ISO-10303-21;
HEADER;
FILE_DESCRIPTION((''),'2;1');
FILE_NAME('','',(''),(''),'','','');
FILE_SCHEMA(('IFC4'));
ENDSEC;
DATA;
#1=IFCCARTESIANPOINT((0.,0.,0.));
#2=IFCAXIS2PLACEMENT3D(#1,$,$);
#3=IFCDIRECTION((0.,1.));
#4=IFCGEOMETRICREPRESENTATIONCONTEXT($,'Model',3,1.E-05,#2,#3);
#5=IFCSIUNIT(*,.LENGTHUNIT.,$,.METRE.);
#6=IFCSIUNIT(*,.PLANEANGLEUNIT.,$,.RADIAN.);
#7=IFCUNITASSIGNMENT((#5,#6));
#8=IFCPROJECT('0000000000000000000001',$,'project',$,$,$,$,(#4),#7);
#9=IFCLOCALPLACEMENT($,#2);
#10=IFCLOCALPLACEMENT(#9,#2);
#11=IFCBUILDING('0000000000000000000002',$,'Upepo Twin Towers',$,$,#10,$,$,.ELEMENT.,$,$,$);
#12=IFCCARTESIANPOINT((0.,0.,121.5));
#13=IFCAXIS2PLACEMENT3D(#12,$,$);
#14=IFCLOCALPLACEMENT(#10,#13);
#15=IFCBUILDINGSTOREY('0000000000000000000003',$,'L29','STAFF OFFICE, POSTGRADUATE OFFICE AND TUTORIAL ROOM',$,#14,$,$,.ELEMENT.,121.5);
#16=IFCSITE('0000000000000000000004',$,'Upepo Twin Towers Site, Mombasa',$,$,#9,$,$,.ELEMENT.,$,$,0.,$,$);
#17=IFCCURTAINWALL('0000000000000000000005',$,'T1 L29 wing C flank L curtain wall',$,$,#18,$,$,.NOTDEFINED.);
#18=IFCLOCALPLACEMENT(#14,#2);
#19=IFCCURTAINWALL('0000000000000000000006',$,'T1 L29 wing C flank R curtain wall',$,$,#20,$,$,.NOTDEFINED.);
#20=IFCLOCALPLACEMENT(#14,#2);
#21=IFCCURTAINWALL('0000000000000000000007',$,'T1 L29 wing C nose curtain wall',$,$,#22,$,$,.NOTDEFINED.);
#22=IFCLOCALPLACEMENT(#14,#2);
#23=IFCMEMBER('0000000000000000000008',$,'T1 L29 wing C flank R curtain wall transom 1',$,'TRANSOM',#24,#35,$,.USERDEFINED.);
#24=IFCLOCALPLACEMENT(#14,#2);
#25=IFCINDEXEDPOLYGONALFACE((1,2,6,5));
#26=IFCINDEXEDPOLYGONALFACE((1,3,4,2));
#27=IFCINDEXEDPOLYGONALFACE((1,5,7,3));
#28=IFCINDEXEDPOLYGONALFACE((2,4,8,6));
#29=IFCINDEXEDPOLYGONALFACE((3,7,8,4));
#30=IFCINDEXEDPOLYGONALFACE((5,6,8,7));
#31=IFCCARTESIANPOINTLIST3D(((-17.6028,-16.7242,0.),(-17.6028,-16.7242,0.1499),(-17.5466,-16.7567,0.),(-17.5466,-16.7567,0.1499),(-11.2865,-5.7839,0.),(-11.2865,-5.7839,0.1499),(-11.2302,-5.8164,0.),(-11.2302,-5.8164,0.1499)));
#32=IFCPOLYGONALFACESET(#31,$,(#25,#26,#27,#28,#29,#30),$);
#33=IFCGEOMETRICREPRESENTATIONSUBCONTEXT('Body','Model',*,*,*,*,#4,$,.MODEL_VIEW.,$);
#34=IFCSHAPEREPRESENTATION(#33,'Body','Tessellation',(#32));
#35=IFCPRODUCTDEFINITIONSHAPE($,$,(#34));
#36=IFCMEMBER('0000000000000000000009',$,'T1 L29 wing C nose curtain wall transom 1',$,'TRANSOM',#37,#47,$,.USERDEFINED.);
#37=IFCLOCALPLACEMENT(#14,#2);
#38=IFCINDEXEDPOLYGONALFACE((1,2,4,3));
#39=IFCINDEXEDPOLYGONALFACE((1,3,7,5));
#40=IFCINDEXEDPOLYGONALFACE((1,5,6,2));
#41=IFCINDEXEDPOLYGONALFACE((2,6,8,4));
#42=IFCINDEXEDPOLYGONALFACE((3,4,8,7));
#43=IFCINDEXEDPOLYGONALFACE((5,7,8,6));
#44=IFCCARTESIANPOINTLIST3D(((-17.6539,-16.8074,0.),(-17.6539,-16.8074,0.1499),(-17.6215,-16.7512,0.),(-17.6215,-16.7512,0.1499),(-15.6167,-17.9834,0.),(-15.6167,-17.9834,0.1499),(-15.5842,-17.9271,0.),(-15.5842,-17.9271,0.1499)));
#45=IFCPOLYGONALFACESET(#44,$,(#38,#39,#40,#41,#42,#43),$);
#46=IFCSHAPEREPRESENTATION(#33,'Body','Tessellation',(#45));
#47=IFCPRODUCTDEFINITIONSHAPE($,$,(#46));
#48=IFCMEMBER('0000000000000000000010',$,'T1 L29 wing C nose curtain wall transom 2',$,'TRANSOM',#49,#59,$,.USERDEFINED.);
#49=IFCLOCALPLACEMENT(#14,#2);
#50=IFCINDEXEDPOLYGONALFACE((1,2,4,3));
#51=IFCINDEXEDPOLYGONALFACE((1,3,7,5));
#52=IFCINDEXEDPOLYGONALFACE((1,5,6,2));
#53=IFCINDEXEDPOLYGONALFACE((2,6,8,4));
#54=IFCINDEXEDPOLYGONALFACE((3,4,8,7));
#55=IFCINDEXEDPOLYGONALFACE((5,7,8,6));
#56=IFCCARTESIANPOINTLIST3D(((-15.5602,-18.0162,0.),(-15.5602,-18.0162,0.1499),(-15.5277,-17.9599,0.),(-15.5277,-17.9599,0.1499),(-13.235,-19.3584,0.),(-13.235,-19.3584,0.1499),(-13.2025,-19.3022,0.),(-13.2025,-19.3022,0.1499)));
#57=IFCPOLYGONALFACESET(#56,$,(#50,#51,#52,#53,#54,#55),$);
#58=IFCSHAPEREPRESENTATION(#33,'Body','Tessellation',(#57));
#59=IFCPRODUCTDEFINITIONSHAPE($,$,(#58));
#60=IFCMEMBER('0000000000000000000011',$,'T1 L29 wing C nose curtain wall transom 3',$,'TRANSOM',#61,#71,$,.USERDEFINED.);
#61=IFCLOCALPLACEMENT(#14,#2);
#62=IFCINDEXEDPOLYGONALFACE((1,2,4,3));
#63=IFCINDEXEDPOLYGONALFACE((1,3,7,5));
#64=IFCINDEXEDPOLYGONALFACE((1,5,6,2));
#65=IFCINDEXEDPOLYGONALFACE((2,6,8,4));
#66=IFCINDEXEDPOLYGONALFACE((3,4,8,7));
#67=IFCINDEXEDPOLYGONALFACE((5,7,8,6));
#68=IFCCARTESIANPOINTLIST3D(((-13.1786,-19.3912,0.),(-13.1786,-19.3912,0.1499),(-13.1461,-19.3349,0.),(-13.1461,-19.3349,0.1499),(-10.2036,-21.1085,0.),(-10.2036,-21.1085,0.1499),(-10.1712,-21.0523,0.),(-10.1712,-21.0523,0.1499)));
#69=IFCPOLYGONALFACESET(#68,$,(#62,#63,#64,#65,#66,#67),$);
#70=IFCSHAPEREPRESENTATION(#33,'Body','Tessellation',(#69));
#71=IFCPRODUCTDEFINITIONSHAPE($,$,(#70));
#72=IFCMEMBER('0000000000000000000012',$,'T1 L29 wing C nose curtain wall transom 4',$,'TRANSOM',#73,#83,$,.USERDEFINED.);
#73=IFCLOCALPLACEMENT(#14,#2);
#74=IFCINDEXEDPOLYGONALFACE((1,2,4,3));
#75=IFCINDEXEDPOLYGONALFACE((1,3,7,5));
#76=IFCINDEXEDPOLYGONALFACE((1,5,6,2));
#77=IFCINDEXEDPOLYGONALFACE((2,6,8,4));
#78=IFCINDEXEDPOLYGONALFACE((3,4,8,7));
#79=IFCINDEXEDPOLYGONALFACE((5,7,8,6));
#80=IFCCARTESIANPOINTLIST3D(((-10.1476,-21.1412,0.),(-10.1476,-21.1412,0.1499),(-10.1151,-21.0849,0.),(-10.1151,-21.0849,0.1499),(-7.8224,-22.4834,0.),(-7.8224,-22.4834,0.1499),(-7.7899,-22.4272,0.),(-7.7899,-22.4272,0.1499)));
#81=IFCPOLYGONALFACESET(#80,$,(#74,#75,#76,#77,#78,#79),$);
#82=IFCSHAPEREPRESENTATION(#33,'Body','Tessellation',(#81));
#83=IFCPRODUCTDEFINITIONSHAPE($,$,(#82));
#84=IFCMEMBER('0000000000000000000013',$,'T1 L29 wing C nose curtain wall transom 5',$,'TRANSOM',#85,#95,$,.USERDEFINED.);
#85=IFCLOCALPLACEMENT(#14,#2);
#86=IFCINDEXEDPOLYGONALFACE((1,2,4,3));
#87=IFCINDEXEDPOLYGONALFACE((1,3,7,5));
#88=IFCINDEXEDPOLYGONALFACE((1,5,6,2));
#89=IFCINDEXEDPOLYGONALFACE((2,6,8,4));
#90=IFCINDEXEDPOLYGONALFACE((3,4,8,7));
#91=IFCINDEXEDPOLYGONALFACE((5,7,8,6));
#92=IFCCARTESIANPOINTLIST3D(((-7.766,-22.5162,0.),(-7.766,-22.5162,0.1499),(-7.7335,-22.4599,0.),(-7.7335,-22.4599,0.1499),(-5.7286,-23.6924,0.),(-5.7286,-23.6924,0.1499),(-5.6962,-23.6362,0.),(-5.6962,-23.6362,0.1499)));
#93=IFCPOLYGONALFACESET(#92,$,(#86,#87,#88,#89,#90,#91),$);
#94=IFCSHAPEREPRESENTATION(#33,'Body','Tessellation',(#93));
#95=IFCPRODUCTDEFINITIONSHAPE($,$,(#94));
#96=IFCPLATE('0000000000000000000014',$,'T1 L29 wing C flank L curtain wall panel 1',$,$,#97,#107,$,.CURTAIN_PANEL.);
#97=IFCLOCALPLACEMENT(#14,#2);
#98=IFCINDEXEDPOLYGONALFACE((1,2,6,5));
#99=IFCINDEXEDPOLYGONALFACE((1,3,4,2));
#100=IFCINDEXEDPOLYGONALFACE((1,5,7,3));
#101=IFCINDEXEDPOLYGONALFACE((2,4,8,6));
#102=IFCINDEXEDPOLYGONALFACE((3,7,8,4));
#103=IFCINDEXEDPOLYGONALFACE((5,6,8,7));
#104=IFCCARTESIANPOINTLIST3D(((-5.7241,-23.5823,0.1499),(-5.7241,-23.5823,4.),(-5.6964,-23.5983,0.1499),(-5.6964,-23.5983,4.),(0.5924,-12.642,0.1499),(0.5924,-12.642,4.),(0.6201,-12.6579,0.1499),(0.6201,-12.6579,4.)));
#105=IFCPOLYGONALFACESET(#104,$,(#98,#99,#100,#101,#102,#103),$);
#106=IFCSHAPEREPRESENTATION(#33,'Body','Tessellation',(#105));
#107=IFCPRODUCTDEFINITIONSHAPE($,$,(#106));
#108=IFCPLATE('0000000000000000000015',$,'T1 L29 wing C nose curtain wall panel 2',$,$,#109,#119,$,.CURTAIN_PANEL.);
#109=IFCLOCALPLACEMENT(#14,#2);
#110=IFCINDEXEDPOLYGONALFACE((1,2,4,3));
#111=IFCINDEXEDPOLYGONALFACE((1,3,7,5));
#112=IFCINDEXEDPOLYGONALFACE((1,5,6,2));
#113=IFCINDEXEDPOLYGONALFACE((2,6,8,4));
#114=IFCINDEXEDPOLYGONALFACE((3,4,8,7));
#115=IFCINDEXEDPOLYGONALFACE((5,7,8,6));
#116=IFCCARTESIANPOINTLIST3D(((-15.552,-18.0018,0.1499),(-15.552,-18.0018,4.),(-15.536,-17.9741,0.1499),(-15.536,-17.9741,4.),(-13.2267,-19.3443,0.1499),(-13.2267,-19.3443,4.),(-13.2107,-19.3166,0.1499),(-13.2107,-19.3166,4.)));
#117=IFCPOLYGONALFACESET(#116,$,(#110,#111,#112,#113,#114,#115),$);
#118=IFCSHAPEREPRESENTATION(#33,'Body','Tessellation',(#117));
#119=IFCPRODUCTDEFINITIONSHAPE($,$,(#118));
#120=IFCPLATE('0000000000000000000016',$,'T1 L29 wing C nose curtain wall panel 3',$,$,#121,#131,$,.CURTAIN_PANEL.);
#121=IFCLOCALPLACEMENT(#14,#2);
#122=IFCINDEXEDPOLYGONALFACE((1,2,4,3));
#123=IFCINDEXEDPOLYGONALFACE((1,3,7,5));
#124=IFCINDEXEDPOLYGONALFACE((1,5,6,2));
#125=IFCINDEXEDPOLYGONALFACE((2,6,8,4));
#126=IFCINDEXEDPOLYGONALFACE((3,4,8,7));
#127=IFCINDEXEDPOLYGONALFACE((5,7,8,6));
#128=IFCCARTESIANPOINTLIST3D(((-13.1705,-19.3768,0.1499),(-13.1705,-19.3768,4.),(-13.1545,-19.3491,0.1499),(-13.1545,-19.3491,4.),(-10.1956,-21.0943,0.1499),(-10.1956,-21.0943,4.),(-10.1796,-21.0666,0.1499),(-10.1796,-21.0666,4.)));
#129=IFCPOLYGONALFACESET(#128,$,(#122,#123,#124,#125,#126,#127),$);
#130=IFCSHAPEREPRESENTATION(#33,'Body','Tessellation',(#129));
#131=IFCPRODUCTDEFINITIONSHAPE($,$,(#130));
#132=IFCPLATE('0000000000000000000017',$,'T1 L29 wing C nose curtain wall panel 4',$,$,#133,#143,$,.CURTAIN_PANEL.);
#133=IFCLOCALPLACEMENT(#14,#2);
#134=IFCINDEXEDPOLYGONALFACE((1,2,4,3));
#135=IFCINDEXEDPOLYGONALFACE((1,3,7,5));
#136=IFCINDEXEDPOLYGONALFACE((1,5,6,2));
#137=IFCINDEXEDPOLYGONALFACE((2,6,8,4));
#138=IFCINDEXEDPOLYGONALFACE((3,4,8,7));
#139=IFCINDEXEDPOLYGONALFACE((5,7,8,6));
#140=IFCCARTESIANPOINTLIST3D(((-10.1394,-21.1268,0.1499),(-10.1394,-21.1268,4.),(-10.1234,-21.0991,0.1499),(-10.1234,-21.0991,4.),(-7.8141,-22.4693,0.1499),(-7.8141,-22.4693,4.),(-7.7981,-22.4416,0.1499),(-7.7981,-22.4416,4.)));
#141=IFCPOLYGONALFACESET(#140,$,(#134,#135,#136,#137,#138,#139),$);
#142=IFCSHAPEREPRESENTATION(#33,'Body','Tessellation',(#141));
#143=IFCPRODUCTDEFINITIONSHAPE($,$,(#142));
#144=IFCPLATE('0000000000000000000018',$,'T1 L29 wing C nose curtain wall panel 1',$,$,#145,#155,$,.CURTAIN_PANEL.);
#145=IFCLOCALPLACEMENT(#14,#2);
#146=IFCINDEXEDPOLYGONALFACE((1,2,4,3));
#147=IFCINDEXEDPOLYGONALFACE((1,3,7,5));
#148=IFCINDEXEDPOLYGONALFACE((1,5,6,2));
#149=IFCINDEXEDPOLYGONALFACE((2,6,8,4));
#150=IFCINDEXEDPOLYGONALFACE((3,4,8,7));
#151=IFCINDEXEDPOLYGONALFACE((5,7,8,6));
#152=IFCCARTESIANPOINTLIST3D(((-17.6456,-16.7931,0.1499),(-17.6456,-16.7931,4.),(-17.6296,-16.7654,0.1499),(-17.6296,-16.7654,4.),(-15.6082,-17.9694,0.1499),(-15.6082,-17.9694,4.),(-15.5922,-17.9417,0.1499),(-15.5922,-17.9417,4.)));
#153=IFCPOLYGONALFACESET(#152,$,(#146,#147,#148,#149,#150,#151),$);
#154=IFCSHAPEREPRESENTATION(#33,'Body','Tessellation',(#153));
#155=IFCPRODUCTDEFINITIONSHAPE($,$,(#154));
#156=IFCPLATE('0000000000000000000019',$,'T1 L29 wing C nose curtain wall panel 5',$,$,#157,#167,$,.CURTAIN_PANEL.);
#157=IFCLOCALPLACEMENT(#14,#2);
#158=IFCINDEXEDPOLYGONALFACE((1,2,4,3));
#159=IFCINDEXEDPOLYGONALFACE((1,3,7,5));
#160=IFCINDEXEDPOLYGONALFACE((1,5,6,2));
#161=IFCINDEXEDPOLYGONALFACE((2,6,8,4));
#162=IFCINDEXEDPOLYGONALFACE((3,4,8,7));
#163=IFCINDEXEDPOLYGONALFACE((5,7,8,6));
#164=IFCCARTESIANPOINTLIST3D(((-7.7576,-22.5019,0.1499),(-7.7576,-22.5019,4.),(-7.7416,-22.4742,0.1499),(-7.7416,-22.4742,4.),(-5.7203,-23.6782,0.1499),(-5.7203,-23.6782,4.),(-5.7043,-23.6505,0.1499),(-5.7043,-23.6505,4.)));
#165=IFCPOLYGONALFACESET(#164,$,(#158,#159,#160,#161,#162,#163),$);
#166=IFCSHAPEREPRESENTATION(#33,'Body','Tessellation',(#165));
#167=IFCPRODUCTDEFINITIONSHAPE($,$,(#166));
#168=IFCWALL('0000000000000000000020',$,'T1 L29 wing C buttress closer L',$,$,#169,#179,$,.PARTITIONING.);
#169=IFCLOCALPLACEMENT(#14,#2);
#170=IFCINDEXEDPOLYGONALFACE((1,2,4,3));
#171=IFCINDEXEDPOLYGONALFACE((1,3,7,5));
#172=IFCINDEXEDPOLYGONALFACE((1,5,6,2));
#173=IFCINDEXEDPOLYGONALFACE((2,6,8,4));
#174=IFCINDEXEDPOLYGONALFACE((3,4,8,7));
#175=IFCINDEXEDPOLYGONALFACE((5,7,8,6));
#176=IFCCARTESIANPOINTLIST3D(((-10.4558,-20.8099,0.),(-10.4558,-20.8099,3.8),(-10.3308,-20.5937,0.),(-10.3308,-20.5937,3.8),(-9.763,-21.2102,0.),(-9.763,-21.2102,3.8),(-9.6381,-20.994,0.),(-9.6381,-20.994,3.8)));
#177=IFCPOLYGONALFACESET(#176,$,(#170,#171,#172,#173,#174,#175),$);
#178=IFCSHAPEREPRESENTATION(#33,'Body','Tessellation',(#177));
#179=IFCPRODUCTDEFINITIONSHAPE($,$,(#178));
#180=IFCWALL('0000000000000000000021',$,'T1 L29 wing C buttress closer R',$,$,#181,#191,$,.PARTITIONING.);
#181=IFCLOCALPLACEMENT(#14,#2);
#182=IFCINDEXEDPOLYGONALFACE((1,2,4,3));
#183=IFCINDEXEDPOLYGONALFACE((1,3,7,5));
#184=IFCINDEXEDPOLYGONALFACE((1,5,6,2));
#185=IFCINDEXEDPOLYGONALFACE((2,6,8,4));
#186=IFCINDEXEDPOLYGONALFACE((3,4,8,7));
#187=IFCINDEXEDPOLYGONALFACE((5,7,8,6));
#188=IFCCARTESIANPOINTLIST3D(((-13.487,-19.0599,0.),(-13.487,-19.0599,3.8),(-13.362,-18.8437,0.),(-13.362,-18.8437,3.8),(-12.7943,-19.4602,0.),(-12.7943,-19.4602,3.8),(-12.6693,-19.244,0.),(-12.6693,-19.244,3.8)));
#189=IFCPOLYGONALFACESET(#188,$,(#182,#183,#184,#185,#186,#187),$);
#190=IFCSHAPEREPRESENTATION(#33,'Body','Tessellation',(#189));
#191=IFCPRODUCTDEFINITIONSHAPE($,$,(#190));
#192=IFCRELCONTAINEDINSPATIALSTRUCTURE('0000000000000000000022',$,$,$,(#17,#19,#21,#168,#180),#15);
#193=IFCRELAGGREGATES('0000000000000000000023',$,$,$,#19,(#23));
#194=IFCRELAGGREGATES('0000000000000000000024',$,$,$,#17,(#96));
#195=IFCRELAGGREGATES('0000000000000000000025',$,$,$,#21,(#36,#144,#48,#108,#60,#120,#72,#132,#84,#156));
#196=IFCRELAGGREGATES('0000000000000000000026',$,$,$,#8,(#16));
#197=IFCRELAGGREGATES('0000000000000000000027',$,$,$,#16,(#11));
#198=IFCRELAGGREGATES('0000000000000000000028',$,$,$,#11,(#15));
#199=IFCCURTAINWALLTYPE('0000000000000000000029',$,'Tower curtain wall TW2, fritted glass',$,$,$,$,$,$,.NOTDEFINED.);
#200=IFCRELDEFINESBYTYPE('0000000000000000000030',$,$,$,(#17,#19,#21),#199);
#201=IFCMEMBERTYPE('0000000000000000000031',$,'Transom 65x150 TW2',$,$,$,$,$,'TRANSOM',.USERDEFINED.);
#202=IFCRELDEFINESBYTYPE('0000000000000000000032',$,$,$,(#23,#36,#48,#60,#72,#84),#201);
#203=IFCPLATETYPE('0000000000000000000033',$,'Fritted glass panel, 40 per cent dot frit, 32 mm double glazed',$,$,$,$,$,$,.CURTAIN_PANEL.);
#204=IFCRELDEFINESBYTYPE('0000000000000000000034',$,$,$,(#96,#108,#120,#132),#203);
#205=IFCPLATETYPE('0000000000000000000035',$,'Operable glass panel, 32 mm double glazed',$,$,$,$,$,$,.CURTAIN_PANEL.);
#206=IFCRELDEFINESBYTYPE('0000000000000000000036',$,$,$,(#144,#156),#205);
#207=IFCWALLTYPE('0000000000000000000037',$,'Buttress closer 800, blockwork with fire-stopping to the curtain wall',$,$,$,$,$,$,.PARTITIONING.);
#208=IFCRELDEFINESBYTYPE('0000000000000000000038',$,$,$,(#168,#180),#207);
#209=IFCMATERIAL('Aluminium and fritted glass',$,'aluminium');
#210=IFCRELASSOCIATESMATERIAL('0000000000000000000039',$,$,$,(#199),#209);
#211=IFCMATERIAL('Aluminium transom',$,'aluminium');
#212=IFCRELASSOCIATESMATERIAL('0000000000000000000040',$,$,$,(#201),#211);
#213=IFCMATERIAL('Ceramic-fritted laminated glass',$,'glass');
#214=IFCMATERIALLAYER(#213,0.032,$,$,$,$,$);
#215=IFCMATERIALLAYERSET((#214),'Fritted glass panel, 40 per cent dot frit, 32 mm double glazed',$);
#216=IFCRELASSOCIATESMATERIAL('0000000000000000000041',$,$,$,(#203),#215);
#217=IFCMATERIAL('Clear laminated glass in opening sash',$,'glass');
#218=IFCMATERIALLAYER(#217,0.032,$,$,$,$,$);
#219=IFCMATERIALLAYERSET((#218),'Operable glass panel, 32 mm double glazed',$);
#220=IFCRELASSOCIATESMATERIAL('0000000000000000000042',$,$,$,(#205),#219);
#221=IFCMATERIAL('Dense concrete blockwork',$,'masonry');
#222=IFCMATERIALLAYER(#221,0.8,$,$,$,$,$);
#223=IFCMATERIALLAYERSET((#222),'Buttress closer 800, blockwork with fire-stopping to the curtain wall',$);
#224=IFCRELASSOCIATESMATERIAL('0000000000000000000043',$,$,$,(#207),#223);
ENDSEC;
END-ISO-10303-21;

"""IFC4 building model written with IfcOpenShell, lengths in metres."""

from ifc_helpers import new_model, si_unit, direction, frame, frame_2d, origin, origin_2d, place, context, subcontext, project, spatial, rectangle, extrude, material, layer, layer_set, material_profile, profile_set, type_object, element, aggregate, save


model = new_model("IFC4")

# Units and contexts
model_context = context("Model", 3, precision=1e-05, world=origin(), true_north=direction((0.0, 1.0)))
body_context = subcontext(model_context, "Body", "Model", "MODEL_VIEW")
ifc_project = project(units=[si_unit("LENGTHUNIT", "METRE"), si_unit("PLANEANGLEUNIT", "RADIAN")], contexts=[model_context])

# Site, building, storey
site_placement = place(None, origin())
site = spatial("IfcSite", under=ifc_project, at=site_placement, Name="Upepo Twin Towers Site, Mombasa", CompositionType="ELEMENT", RefElevation=0.0)
building_placement = place(site_placement, origin())
building = spatial("IfcBuilding", under=site, at=building_placement, Name="Upepo Twin Towers", CompositionType="ELEMENT")
storey_placement = place(building_placement, frame((0.0, 0.0, 121.5)))
storey = spatial("IfcBuildingStorey", under=building, at=storey_placement, Name="L29", Description="STAFF OFFICE, POSTGRADUATE OFFICE AND TUTORIAL ROOM", CompositionType="ELEMENT", Elevation=121.5)

# Curtain walls
ifc_material_1 = material(Name="Aluminium and fritted glass", Category="aluminium")
curtain_wall_type = type_object("IfcCurtainWallType", Name="Tower curtain wall TW2, fritted glass", PredefinedType="NOTDEFINED", material=ifc_material_1)
curtain_wall_1_placement = place(storey_placement, origin())
curtain_wall_1 = element("IfcCurtainWall", 1, at=curtain_wall_1_placement, inside=storey, type_object=curtain_wall_type, Name="T1 L29 wing C flank L curtain wall", PredefinedType="NOTDEFINED")
curtain_wall_2_placement = place(storey_placement, origin())
curtain_wall_2 = element("IfcCurtainWall", 2, at=curtain_wall_2_placement, inside=storey, type_object=curtain_wall_type, Name="T1 L29 wing C flank R curtain wall", PredefinedType="NOTDEFINED")

# Curtain wall
curtain_wall_3_placement = place(storey_placement, origin())
curtain_wall_3 = element("IfcCurtainWall", 3, at=curtain_wall_3_placement, inside=storey, type_object=curtain_wall_type, Name="T1 L29 wing C nose curtain wall", PredefinedType="NOTDEFINED")

# Members
ifc_material_2 = material(Name="Aluminium transom", Category="aluminium")
ifc_material_profile_1 = material_profile(ifc_material_2, rectangle(XDim=0.0649, YDim=0.1499, at=origin_2d()), Name="TRANSOM 65x150")
ifc_profile_set_1 = profile_set([ifc_material_profile_1], Name="Aluminium transom")
member_type_1 = type_object("IfcMemberType", Name="Transom 65x150 TW2", ElementType="TRANSOM", PredefinedType="USERDEFINED", material=ifc_profile_set_1)
member_1_placement = place(storey_placement, frame((-17.5747, -16.7405, 0.075), z_axis=(0.499997, 0.866027, 0.0), x_axis=(-0.866027, 0.499997, 0.0)))
member_1 = element("IfcMember", 4, at=member_1_placement, type_object=member_type_1, Name="T1 L29 wing C flank R curtain wall transom 1", ObjectType="TRANSOM", PredefinedType="USERDEFINED", context=body_context, shape_type="SweptSolid", body=[
    extrude(rectangle(XDim=0.0649, YDim=0.1499, at=origin_2d()), origin(), (0.0, 0.0, 1.0), 12.6328),
])
aggregate(curtain_wall_2, [member_1])
member_2_placement = place(storey_placement, frame((-17.6377, -16.7793, 0.075), z_axis=(0.86607, -0.499923, 0.0), x_axis=(0.499923, 0.86607, 0.0)))
member_2 = element("IfcMember", 5, at=member_2_placement, type_object=member_type_1, Name="T1 L29 wing C nose curtain wall transom 1", ObjectType="TRANSOM", PredefinedType="USERDEFINED", context=body_context, shape_type="SweptSolid", body=[
    extrude(rectangle(XDim=0.0649, YDim=0.1499, at=origin_2d()), origin(), (0.0, 0.0, 1.0), 2.3523),
])
member_3_placement = place(storey_placement, frame((-15.5439, -17.988, 0.075), z_axis=(0.866052, -0.499953, 0.0), x_axis=(0.499953, 0.866052, 0.0)))
member_3 = element("IfcMember", 6, at=member_3_placement, type_object=member_type_1, Name="T1 L29 wing C nose curtain wall transom 2", ObjectType="TRANSOM", PredefinedType="USERDEFINED", context=body_context, shape_type="SweptSolid", body=[
    extrude(rectangle(XDim=0.0649, YDim=0.1499, at=origin_2d()), origin(), (0.0, 0.0, 1.0), 2.6848),
])
member_4_placement = place(storey_placement, frame((-13.1624, -19.363, 0.075), z_axis=(0.866057, -0.499946, 0.0), x_axis=(0.499946, 0.866057, 0.0)))
member_4 = element("IfcMember", 7, at=member_4_placement, type_object=member_type_1, Name="T1 L29 wing C nose curtain wall transom 3", ObjectType="TRANSOM", PredefinedType="USERDEFINED", context=body_context, shape_type="SweptSolid", body=[
    extrude(rectangle(XDim=0.0649, YDim=0.1499, at=origin_2d()), origin(), (0.0, 0.0, 1.0), 3.4351),
])
member_5_placement = place(storey_placement, frame((-10.1313, -21.113, 0.075), z_axis=(0.866052, -0.499953, 0.0), x_axis=(0.499953, 0.866052, 0.0)))
member_5 = element("IfcMember", 8, at=member_5_placement, type_object=member_type_1, Name="T1 L29 wing C nose curtain wall transom 4", ObjectType="TRANSOM", PredefinedType="USERDEFINED", context=body_context, shape_type="SweptSolid", body=[
    extrude(rectangle(XDim=0.0649, YDim=0.1499, at=origin_2d()), origin(), (0.0, 0.0, 1.0), 2.6848),
])
member_6_placement = place(storey_placement, frame((-7.7498, -22.488, 0.075), z_axis=(0.866025, -0.500001, 0.0), x_axis=(0.500001, 0.866025, 0.0)))
member_6 = element("IfcMember", 9, at=member_6_placement, type_object=member_type_1, Name="T1 L29 wing C nose curtain wall transom 5", ObjectType="TRANSOM", PredefinedType="USERDEFINED", context=body_context, shape_type="SweptSolid", body=[
    extrude(rectangle(XDim=0.0649, YDim=0.1499, at=origin_2d()), origin(), (0.0, 0.0, 1.0), 2.3525),
])

# Plates
ifc_material_3 = material(Name="Ceramic-fritted laminated glass", Category="glass")
ifc_layer_1 = layer(ifc_material_3, 0.032)
ifc_layer_set_1 = layer_set([ifc_layer_1], Name="Fritted glass panel, 40 per cent dot frit, 32 mm double glazed")
plate_type_1 = type_object("IfcPlateType", Name="Fritted glass panel, 40 per cent dot frit, 32 mm double glazed", PredefinedType="CURTAIN_PANEL", material=ifc_layer_set_1)
plate_1_placement = place(storey_placement, frame((-2.552, -18.1201, 0.1499), z_axis=(0.0, 0.0, 1.0), x_axis=(-0.5, -0.866025, 0.0)))
plate_1 = element("IfcPlate", 10, at=plate_1_placement, type_object=plate_type_1, Name="T1 L29 wing C flank L curtain wall panel 1", PredefinedType="CURTAIN_PANEL", context=body_context, shape_type="SweptSolid", body=[
    extrude(rectangle(XDim=12.6328, YDim=0.032, at=origin_2d()), origin(), (0.0, 0.0, 1.0), 3.8501),
])
aggregate(curtain_wall_1, [plate_1])
plate_2_placement = place(storey_placement, frame((-14.3813, -18.6592, 0.1499), z_axis=(0.0, 0.0, 1.0), x_axis=(0.866025, -0.5, 0.0)))
plate_2 = element("IfcPlate", 11, at=plate_2_placement, type_object=plate_type_1, Name="T1 L29 wing C nose curtain wall panel 2", PredefinedType="CURTAIN_PANEL", context=body_context, shape_type="SweptSolid", body=[
    extrude(rectangle(XDim=2.6851, YDim=0.032, at=origin_2d()), origin(), (0.0, 0.0, 1.0), 3.8501),
])
plate_3_placement = place(storey_placement, frame((-11.675, -20.2217, 0.1499), z_axis=(0.0, 0.0, 1.0), x_axis=(0.866025, -0.5, 0.0)))
plate_3 = element("IfcPlate", 12, at=plate_3_placement, type_object=plate_type_1, Name="T1 L29 wing C nose curtain wall panel 3", PredefinedType="CURTAIN_PANEL", context=body_context, shape_type="SweptSolid", body=[
    extrude(rectangle(XDim=3.4351, YDim=0.032, at=origin_2d()), origin(), (0.0, 0.0, 1.0), 3.8501),
])
plate_4_placement = place(storey_placement, frame((-8.9688, -21.7842, 0.1499), z_axis=(0.0, 0.0, 1.0), x_axis=(0.866025, -0.5, 0.0)))
plate_4 = element("IfcPlate", 13, at=plate_4_placement, type_object=plate_type_1, Name="T1 L29 wing C nose curtain wall panel 4", PredefinedType="CURTAIN_PANEL", context=body_context, shape_type="SweptSolid", body=[
    extrude(rectangle(XDim=2.6851, YDim=0.032, at=origin_2d()), origin(), (0.0, 0.0, 1.0), 3.8501),
])
ifc_material_4 = material(Name="Clear laminated glass in opening sash", Category="glass")
ifc_layer_2 = layer(ifc_material_4, 0.032)
ifc_layer_set_2 = layer_set([ifc_layer_2], Name="Operable glass panel, 32 mm double glazed")
plate_type_2 = type_object("IfcPlateType", Name="Operable glass panel, 32 mm double glazed", PredefinedType="CURTAIN_PANEL", material=ifc_layer_set_2)
plate_5_placement = place(storey_placement, frame((-16.6189, -17.3674, 0.1499), z_axis=(0.0, 0.0, 1.0), x_axis=(0.866025, -0.5, 0.0)))
plate_5 = element("IfcPlate", 14, at=plate_5_placement, type_object=plate_type_2, Name="T1 L29 wing C nose curtain wall panel 1", PredefinedType="CURTAIN_PANEL", context=body_context, shape_type="SweptSolid", body=[
    extrude(rectangle(XDim=2.3525, YDim=0.032, at=origin_2d()), origin(), (0.0, 0.0, 1.0), 3.8501),
])
plate_6_placement = place(storey_placement, frame((-6.731, -23.0762, 0.1499), z_axis=(0.0, 0.0, 1.0), x_axis=(0.866025, -0.5, 0.0)))
plate_6 = element("IfcPlate", 15, at=plate_6_placement, type_object=plate_type_2, Name="T1 L29 wing C nose curtain wall panel 5", PredefinedType="CURTAIN_PANEL", context=body_context, shape_type="SweptSolid", body=[
    extrude(rectangle(XDim=2.3525, YDim=0.032, at=origin_2d()), origin(), (0.0, 0.0, 1.0), 3.8501),
])
aggregate(curtain_wall_3, [member_2, plate_5, member_3, plate_2, member_4, plate_3, member_5, plate_4, member_6, plate_6])

# Walls
ifc_material_5 = material(Name="Dense concrete blockwork", Category="masonry")
ifc_layer_3 = layer(ifc_material_5, 0.8)
ifc_layer_set_3 = layer_set([ifc_layer_3], Name="Buttress closer 800, blockwork with fire-stopping to the curtain wall")
wall_type = type_object("IfcWallType", Name="Buttress closer 800, blockwork with fire-stopping to the curtain wall", PredefinedType="PARTITIONING", material=ifc_layer_set_3)
for number, where, z_axis, x_axis, name in (
    (16, (-9.9844, -20.7937, 0.0), (0.0, 0.0, 1.0), (-0.500343, -0.865827, 0.0), "T1 L29 wing C buttress closer L"),
    (17, (-13.0156, -19.0437, 0.0), (0.0, 0.0, 1.0), (-0.500343, -0.865827, 0.0), "T1 L29 wing C buttress closer R"),
):
    element("IfcWall", number, at=place(storey_placement, frame(where, z_axis=z_axis, x_axis=x_axis)), inside=storey, type_object=wall_type, Name=name, PredefinedType="PARTITIONING", context=body_context, shape_type="SweptSolid", body=[
        extrude(rectangle(XDim=0.2498, YDim=0.8, at=frame_2d((0.125, 0.0))), origin(), (0.0, 0.0, 1.0), 3.8),
    ])

save(model, "model.ifc")
